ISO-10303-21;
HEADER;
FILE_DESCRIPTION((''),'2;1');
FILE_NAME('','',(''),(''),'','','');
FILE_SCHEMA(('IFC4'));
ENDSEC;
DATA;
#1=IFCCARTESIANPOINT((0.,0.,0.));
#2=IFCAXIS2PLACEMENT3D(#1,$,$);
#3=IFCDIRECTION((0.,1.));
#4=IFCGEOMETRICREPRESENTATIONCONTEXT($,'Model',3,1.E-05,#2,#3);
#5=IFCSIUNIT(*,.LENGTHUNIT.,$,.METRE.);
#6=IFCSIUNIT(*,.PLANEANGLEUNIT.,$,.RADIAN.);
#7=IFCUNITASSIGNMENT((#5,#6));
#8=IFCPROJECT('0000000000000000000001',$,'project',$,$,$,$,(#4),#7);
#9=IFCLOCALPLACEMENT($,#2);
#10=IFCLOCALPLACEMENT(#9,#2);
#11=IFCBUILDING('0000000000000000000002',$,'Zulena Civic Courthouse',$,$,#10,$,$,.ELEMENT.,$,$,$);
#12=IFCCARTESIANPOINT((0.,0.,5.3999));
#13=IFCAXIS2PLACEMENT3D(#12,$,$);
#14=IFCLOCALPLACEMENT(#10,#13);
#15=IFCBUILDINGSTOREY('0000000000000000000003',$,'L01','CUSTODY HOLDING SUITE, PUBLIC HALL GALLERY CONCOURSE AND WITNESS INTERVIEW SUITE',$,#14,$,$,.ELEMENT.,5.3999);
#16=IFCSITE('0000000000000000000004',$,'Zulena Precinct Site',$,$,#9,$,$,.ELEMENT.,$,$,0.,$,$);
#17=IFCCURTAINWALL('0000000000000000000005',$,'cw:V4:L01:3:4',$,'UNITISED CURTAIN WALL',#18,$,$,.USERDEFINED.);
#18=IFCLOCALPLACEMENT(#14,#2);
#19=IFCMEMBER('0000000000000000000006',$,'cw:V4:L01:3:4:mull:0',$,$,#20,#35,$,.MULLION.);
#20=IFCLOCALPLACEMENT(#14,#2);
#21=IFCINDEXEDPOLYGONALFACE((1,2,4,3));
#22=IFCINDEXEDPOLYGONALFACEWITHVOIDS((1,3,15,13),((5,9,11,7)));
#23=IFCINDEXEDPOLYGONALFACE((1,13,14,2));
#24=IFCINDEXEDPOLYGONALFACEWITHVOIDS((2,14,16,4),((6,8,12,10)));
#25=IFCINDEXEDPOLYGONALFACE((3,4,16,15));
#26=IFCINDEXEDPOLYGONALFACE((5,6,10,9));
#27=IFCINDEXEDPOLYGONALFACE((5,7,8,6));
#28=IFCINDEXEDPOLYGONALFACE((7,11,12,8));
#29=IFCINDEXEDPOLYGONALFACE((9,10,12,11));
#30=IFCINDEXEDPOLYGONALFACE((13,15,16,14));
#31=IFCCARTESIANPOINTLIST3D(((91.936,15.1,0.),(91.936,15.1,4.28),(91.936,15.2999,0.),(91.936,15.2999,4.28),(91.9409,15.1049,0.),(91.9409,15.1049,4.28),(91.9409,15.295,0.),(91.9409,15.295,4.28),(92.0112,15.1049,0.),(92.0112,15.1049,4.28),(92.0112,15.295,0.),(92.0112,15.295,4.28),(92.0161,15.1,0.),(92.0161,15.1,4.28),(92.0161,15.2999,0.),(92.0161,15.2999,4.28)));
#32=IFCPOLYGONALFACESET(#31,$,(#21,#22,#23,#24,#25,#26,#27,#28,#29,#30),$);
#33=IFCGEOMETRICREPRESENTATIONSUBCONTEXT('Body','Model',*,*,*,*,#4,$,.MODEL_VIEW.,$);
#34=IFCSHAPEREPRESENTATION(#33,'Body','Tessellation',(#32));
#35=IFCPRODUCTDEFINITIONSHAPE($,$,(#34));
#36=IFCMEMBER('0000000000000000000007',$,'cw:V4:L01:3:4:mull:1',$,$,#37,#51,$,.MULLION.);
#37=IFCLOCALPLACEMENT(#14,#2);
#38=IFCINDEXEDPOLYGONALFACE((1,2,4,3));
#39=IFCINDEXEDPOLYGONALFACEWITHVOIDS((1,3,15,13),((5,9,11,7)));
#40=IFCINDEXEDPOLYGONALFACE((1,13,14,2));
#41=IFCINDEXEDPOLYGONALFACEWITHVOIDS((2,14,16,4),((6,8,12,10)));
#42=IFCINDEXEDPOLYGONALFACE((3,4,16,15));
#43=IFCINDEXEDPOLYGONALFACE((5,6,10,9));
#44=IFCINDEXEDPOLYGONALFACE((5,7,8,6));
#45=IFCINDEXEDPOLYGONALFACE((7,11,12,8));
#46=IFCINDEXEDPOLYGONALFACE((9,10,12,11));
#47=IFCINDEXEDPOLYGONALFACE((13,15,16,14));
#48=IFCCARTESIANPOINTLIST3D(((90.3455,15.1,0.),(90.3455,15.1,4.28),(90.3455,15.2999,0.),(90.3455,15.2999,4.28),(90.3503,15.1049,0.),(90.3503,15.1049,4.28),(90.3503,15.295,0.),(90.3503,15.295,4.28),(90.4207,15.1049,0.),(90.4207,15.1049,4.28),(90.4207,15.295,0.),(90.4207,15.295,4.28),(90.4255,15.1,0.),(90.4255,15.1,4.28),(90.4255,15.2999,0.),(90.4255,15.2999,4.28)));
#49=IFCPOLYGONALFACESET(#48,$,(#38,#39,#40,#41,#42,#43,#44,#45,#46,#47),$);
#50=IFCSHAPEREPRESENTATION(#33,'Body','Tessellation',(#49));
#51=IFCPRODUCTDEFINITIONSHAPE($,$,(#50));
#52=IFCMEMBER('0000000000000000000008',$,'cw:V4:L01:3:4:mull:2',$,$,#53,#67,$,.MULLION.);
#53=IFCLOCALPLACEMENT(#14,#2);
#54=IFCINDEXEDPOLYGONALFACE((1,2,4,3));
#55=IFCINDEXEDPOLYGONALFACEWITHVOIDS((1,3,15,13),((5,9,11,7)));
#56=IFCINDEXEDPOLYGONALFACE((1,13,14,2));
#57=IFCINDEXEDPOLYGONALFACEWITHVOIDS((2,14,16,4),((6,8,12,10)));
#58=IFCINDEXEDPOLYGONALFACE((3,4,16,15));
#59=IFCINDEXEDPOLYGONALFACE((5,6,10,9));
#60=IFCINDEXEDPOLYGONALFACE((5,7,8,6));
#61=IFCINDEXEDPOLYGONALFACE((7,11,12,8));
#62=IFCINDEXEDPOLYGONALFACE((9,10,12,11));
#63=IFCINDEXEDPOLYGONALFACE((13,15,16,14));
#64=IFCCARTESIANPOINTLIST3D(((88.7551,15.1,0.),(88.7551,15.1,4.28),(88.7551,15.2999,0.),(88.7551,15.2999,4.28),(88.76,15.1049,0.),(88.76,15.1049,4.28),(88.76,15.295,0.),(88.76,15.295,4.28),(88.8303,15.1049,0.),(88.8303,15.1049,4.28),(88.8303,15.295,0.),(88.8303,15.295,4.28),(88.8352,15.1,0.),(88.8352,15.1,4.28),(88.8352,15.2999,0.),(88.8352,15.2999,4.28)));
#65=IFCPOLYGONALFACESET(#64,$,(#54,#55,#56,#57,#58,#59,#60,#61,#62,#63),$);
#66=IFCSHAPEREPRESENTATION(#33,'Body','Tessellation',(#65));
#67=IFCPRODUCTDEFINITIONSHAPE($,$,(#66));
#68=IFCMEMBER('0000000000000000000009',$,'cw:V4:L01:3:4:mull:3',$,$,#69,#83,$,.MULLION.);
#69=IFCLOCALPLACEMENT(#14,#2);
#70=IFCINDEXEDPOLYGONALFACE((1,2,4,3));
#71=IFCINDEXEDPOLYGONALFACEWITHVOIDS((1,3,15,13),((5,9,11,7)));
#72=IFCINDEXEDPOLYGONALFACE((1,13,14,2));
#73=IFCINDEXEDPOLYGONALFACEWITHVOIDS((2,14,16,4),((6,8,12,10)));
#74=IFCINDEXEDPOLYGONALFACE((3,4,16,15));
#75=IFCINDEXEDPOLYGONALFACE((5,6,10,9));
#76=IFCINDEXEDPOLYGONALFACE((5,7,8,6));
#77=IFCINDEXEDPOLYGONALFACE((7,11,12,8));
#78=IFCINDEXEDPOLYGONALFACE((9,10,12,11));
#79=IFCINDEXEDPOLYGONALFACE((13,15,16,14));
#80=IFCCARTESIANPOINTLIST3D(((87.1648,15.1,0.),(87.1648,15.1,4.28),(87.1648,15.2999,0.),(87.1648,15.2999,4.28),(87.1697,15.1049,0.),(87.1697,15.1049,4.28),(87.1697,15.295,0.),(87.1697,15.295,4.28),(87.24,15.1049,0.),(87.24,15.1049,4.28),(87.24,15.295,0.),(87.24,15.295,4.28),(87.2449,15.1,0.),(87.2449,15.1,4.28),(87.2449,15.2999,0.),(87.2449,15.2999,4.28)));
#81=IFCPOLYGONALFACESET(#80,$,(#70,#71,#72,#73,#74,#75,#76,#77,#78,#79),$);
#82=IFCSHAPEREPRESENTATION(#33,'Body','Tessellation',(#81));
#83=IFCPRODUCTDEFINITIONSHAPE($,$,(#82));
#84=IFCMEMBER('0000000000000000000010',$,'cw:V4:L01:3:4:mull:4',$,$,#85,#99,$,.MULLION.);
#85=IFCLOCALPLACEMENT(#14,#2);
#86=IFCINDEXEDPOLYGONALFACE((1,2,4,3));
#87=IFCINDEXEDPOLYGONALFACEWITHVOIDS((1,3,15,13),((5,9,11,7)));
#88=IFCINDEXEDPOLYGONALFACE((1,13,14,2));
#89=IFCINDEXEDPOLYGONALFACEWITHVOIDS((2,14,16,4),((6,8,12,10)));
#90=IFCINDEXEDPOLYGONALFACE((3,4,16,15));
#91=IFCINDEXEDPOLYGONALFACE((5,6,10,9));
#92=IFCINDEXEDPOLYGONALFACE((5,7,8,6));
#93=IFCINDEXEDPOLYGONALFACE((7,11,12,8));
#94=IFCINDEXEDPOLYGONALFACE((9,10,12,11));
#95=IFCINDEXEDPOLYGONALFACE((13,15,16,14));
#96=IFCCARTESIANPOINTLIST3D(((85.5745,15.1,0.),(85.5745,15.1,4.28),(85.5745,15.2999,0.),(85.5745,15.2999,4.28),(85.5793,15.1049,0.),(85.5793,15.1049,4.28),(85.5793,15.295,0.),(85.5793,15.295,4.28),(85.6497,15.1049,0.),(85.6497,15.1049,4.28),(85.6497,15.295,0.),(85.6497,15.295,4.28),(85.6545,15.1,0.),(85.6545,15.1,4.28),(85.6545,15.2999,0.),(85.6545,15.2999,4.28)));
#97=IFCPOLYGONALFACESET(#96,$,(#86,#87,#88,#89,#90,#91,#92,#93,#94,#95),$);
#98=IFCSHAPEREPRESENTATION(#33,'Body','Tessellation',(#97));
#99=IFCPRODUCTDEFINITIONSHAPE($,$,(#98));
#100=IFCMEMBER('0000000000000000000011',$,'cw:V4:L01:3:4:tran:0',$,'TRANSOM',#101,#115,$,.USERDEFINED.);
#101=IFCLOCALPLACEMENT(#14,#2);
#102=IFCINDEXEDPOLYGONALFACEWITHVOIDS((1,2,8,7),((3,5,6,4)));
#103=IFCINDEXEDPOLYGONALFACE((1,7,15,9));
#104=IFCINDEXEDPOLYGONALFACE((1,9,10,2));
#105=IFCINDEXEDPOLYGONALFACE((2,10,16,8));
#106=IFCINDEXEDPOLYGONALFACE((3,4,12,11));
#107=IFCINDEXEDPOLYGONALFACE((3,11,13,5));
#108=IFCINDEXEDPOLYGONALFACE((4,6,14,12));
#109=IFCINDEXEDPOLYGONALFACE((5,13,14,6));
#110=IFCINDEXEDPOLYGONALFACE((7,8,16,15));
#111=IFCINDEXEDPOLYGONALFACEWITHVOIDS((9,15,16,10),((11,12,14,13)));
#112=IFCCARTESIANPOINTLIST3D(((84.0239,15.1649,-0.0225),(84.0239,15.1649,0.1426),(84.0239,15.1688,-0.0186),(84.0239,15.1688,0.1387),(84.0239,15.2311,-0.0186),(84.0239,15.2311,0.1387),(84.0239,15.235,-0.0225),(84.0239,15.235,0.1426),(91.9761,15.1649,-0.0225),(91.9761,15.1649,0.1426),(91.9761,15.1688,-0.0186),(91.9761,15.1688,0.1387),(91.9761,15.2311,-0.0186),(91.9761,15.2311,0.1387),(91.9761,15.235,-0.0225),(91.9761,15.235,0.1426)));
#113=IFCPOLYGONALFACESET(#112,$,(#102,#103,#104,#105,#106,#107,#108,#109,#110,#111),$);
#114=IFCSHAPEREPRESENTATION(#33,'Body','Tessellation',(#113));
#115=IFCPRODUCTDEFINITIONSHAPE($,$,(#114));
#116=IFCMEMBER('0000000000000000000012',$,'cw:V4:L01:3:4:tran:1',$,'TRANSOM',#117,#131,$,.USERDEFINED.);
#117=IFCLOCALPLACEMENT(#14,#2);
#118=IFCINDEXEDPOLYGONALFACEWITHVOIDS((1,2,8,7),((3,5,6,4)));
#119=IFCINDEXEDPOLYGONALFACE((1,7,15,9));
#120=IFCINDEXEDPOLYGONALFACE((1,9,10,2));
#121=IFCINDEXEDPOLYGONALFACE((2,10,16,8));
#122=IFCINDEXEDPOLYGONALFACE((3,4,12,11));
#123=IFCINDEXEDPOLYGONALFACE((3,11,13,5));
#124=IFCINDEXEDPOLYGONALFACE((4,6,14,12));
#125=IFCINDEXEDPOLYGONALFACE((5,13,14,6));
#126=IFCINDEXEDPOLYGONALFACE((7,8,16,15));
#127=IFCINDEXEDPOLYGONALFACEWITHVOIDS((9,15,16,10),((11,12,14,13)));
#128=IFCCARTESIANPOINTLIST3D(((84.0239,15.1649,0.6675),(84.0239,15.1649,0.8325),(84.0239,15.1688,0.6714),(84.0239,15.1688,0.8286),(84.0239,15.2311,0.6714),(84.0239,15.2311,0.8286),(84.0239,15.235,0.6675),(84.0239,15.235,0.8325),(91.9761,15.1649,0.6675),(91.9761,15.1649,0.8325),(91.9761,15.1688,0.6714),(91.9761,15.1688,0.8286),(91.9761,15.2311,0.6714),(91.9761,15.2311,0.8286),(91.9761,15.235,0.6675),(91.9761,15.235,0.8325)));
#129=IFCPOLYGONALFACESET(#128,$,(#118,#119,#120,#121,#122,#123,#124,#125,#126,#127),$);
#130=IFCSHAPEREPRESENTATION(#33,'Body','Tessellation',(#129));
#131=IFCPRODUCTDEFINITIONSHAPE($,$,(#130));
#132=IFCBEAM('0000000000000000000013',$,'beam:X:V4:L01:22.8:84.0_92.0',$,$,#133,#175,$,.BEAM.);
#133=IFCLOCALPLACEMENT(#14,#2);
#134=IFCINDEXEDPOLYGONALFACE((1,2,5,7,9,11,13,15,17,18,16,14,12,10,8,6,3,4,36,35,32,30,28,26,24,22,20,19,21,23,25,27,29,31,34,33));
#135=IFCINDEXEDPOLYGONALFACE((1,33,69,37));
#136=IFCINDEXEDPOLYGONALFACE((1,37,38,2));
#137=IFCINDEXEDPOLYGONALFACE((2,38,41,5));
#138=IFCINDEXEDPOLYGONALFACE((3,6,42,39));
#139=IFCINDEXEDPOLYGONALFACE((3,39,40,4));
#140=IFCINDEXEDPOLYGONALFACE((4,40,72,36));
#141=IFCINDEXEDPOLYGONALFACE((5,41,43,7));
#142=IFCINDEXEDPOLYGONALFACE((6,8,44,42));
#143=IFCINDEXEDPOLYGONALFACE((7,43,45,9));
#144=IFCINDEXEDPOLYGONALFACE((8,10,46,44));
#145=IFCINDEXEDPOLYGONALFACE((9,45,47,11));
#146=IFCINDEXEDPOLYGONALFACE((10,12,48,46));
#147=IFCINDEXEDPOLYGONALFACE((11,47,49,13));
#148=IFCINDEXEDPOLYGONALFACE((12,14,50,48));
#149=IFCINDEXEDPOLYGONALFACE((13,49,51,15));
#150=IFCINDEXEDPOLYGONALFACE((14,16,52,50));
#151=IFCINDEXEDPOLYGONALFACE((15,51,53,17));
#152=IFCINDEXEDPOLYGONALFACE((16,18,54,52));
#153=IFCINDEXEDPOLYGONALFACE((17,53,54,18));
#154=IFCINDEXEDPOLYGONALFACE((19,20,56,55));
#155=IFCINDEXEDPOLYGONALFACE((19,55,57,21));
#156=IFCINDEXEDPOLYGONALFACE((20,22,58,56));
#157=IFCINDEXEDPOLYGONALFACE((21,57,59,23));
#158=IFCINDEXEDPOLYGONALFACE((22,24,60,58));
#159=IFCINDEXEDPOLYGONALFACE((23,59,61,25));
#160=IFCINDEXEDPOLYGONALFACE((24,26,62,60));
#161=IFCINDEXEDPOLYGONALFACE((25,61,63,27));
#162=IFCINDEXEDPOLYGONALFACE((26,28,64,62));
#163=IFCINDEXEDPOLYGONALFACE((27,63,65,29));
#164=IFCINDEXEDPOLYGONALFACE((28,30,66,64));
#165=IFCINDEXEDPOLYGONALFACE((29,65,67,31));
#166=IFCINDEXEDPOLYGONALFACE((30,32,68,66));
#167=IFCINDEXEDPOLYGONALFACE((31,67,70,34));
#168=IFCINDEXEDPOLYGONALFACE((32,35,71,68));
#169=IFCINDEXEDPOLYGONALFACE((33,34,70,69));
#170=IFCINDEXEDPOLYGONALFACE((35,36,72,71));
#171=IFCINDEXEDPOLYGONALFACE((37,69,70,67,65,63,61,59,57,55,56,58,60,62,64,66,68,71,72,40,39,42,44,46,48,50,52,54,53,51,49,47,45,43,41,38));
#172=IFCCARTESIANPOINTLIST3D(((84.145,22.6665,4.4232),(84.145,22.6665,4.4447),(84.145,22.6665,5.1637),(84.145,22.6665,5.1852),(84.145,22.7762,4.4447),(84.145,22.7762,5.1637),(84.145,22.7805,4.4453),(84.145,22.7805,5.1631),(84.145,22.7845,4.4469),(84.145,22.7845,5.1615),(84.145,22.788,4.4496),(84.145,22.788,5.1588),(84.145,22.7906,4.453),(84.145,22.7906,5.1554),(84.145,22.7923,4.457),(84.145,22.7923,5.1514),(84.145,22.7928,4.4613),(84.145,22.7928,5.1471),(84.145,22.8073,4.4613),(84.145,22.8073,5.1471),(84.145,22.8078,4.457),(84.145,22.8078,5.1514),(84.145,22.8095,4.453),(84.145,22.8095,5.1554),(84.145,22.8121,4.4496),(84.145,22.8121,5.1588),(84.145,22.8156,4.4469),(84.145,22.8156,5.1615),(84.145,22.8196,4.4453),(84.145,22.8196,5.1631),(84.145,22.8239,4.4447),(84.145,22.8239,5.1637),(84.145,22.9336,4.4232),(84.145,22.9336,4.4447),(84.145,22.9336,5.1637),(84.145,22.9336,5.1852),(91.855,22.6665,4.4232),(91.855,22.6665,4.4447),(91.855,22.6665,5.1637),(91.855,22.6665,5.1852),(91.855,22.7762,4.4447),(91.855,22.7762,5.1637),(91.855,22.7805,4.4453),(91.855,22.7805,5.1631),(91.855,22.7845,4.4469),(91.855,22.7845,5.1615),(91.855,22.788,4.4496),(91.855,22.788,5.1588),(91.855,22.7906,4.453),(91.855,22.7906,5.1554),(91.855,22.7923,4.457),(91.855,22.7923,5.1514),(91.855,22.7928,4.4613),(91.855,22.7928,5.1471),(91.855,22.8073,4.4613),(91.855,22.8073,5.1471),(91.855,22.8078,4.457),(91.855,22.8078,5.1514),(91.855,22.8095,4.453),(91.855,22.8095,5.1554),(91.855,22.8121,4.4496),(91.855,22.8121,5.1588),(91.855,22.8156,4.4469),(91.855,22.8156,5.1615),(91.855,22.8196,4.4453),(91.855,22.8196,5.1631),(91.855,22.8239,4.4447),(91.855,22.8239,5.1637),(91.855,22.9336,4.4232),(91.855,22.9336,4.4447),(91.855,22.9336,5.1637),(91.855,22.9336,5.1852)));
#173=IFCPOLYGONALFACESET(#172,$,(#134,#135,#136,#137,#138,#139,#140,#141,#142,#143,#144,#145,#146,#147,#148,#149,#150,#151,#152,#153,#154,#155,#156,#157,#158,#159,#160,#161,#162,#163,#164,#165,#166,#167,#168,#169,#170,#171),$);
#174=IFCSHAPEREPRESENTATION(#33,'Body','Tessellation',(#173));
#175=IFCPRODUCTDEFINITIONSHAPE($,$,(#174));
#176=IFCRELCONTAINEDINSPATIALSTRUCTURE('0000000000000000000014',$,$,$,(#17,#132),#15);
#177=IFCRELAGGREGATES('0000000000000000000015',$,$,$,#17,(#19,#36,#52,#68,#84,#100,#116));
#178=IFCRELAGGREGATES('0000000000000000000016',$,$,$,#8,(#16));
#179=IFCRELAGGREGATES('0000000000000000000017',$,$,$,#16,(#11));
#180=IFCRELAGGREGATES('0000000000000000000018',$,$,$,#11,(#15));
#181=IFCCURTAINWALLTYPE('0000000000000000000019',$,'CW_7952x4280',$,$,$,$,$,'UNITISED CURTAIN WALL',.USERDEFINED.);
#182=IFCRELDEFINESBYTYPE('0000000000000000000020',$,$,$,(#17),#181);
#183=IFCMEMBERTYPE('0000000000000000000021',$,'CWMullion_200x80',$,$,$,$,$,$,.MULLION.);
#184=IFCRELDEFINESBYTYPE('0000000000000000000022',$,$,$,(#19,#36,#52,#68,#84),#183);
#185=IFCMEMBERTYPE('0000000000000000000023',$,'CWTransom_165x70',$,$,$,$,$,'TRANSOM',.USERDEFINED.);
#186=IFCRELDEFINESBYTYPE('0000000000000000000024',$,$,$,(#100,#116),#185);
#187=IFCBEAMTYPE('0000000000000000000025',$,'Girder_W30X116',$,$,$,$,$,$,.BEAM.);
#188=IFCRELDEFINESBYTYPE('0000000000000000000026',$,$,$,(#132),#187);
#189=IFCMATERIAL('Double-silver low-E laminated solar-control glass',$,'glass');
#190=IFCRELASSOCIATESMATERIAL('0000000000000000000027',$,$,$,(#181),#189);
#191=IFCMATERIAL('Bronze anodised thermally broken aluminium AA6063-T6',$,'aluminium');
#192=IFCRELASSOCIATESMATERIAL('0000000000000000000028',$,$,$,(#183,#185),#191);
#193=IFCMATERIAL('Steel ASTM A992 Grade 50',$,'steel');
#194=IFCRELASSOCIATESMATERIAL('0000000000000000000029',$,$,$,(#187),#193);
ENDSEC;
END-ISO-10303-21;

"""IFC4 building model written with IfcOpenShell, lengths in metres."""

from ifc_helpers import new_model, si_unit, direction, frame, origin, origin_2d, place, context, subcontext, project, spatial, hollow_rectangle, i_section, extrude, material, material_profile, profile_set, type_object, element, aggregate, save


model = new_model("IFC4")

# Units and contexts
model_context = context("Model", 3, precision=1e-05, world=origin(), true_north=direction((0.0, 1.0)))
body_context = subcontext(model_context, "Body", "Model", "MODEL_VIEW")
ifc_project = project(units=[si_unit("LENGTHUNIT", "METRE"), si_unit("PLANEANGLEUNIT", "RADIAN")], contexts=[model_context])

# Site, building, storey
site_placement = place(None, origin())
site = spatial("IfcSite", under=ifc_project, at=site_placement, Name="Zulena Precinct Site", CompositionType="ELEMENT", RefElevation=0.0)
building_placement = place(site_placement, origin())
building = spatial("IfcBuilding", under=site, at=building_placement, Name="Zulena Civic Courthouse", CompositionType="ELEMENT")
storey_placement = place(building_placement, frame((0.0, 0.0, 5.3999)))
storey = spatial("IfcBuildingStorey", under=building, at=storey_placement, Name="L01", Description="CUSTODY HOLDING SUITE, PUBLIC HALL GALLERY CONCOURSE AND WITNESS INTERVIEW SUITE", CompositionType="ELEMENT", Elevation=5.3999)

# Curtain wall, members
ifc_material_1 = material(Name="Double-silver low-E laminated solar-control glass", Category="glass")
curtain_wall_type = type_object("IfcCurtainWallType", Name="CW_7952x4280", ElementType="UNITISED CURTAIN WALL", PredefinedType="USERDEFINED", material=ifc_material_1)
curtain_wall_placement = place(storey_placement, origin())
curtain_wall = element("IfcCurtainWall", 1, at=curtain_wall_placement, inside=storey, type_object=curtain_wall_type, Name="cw:V4:L01:3:4", ObjectType="UNITISED CURTAIN WALL", PredefinedType="USERDEFINED")
ifc_material_2 = material(Name="Bronze anodised thermally broken aluminium AA6063-T6", Category="aluminium")
ifc_material_profile_1 = material_profile(ifc_material_2, hollow_rectangle(XDim=0.0801, YDim=0.2, WallThickness=0.0049, at=origin_2d()), Name="CWM200X80X5")
ifc_profile_set_1 = profile_set([ifc_material_profile_1], Name="Bronze anodised thermally broken aluminium AA6063-T6")
member_type_1 = type_object("IfcMemberType", Name="CWMullion_200x80", PredefinedType="MULLION", material=ifc_profile_set_1)
member_1_placement = place(storey_placement, frame((91.9761, 15.2, 0.0), z_axis=(0.0, 0.0, 1.0), x_axis=(1.0, 0.0, 0.0)))
member_1 = element("IfcMember", 2, at=member_1_placement, type_object=member_type_1, Name="cw:V4:L01:3:4:mull:0", PredefinedType="MULLION", context=body_context, shape_type="SweptSolid", body=[
    extrude(hollow_rectangle(XDim=0.0801, YDim=0.2, WallThickness=0.0049, at=origin_2d()), origin(), (0.0, 0.0, 1.0), 4.28),
])
member_2_placement = place(storey_placement, frame((90.3855, 15.2, 0.0), z_axis=(0.0, 0.0, 1.0), x_axis=(1.0, 0.0, 0.0)))
member_2 = element("IfcMember", 3, at=member_2_placement, type_object=member_type_1, Name="cw:V4:L01:3:4:mull:1", PredefinedType="MULLION", context=body_context, shape_type="SweptSolid", body=[
    extrude(hollow_rectangle(XDim=0.0801, YDim=0.2, WallThickness=0.0049, at=origin_2d()), origin(), (0.0, 0.0, 1.0), 4.28),
])
member_3_placement = place(storey_placement, frame((88.7952, 15.2, 0.0), z_axis=(0.0, 0.0, 1.0), x_axis=(1.0, 0.0, 0.0)))
member_3 = element("IfcMember", 4, at=member_3_placement, type_object=member_type_1, Name="cw:V4:L01:3:4:mull:2", PredefinedType="MULLION", context=body_context, shape_type="SweptSolid", body=[
    extrude(hollow_rectangle(XDim=0.0801, YDim=0.2, WallThickness=0.0049, at=origin_2d()), origin(), (0.0, 0.0, 1.0), 4.28),
])
member_4_placement = place(storey_placement, frame((87.2048, 15.2, 0.0), z_axis=(0.0, 0.0, 1.0), x_axis=(1.0, 0.0, 0.0)))
member_4 = element("IfcMember", 5, at=member_4_placement, type_object=member_type_1, Name="cw:V4:L01:3:4:mull:3", PredefinedType="MULLION", context=body_context, shape_type="SweptSolid", body=[
    extrude(hollow_rectangle(XDim=0.0801, YDim=0.2, WallThickness=0.0049, at=origin_2d()), origin(), (0.0, 0.0, 1.0), 4.28),
])
member_5_placement = place(storey_placement, frame((85.6145, 15.2, 0.0), z_axis=(0.0, 0.0, 1.0), x_axis=(1.0, 0.0, 0.0)))
member_5 = element("IfcMember", 6, at=member_5_placement, type_object=member_type_1, Name="cw:V4:L01:3:4:mull:4", PredefinedType="MULLION", context=body_context, shape_type="SweptSolid", body=[
    extrude(hollow_rectangle(XDim=0.0801, YDim=0.2, WallThickness=0.0049, at=origin_2d()), origin(), (0.0, 0.0, 1.0), 4.28),
])
ifc_material_profile_2 = material_profile(ifc_material_2, hollow_rectangle(XDim=0.0701, YDim=0.165, WallThickness=0.0039, at=origin_2d()), Name="CWT165X70X4")
ifc_profile_set_2 = profile_set([ifc_material_profile_2], Name="Bronze anodised thermally broken aluminium AA6063-T6")
member_type_2 = type_object("IfcMemberType", Name="CWTransom_165x70", ElementType="TRANSOM", PredefinedType="USERDEFINED", material=ifc_profile_set_2)
member_6_placement = place(storey_placement, frame((91.9761, 15.2, 0.0601), z_axis=(-1.0, 0.0, 0.0), x_axis=(0.0, -1.0, 0.0)))
member_6 = element("IfcMember", 7, at=member_6_placement, type_object=member_type_2, Name="cw:V4:L01:3:4:tran:0", ObjectType="TRANSOM", PredefinedType="USERDEFINED", context=body_context, shape_type="SweptSolid", body=[
    extrude(hollow_rectangle(XDim=0.0701, YDim=0.165, WallThickness=0.0039, at=origin_2d()), origin(), (0.0, 0.0, 1.0), 7.9521),
])
member_7_placement = place(storey_placement, frame((91.9761, 15.2, 0.75), z_axis=(-1.0, 0.0, 0.0), x_axis=(0.0, -1.0, 0.0)))
member_7 = element("IfcMember", 8, at=member_7_placement, type_object=member_type_2, Name="cw:V4:L01:3:4:tran:1", ObjectType="TRANSOM", PredefinedType="USERDEFINED", context=body_context, shape_type="SweptSolid", body=[
    extrude(hollow_rectangle(XDim=0.0701, YDim=0.165, WallThickness=0.0039, at=origin_2d()), origin(), (0.0, 0.0, 1.0), 7.9521),
])

# Beam
ifc_material_3 = material(Name="Steel ASTM A992 Grade 50", Category="steel")
ifc_material_profile_3 = material_profile(ifc_material_3, i_section(OverallWidth=0.2671, OverallDepth=0.762, WebThickness=0.0144, FlangeThickness=0.0215, FilletRadius=0.0166, at=origin_2d()), Name="W30X116")
ifc_profile_set_3 = profile_set([ifc_material_profile_3], Name="Steel ASTM A992 Grade 50")
beam_type_1 = type_object("IfcBeamType", Name="Girder_W30X116", PredefinedType="BEAM", material=ifc_profile_set_3)
beam_1_placement = place(storey_placement, frame((84.145, 22.8, 4.8042), z_axis=(1.0, 0.0, 0.0), x_axis=(0.0, 1.0, 0.0)))
element("IfcBeam", 9, at=beam_1_placement, inside=storey, type_object=beam_type_1, Name="beam:X:V4:L01:22.8:84.0_92.0", PredefinedType="BEAM", context=body_context, shape_type="SweptSolid", body=[
    extrude(i_section(OverallWidth=0.2671, OverallDepth=0.762, WebThickness=0.0144, FlangeThickness=0.0215, FilletRadius=0.0166, at=origin_2d()), origin(), (0.0, 0.0, 1.0), 7.71),
])

aggregate(curtain_wall, [member_1, member_2, member_3, member_4, member_5, member_6, member_7])

save(model, "model.ifc")
